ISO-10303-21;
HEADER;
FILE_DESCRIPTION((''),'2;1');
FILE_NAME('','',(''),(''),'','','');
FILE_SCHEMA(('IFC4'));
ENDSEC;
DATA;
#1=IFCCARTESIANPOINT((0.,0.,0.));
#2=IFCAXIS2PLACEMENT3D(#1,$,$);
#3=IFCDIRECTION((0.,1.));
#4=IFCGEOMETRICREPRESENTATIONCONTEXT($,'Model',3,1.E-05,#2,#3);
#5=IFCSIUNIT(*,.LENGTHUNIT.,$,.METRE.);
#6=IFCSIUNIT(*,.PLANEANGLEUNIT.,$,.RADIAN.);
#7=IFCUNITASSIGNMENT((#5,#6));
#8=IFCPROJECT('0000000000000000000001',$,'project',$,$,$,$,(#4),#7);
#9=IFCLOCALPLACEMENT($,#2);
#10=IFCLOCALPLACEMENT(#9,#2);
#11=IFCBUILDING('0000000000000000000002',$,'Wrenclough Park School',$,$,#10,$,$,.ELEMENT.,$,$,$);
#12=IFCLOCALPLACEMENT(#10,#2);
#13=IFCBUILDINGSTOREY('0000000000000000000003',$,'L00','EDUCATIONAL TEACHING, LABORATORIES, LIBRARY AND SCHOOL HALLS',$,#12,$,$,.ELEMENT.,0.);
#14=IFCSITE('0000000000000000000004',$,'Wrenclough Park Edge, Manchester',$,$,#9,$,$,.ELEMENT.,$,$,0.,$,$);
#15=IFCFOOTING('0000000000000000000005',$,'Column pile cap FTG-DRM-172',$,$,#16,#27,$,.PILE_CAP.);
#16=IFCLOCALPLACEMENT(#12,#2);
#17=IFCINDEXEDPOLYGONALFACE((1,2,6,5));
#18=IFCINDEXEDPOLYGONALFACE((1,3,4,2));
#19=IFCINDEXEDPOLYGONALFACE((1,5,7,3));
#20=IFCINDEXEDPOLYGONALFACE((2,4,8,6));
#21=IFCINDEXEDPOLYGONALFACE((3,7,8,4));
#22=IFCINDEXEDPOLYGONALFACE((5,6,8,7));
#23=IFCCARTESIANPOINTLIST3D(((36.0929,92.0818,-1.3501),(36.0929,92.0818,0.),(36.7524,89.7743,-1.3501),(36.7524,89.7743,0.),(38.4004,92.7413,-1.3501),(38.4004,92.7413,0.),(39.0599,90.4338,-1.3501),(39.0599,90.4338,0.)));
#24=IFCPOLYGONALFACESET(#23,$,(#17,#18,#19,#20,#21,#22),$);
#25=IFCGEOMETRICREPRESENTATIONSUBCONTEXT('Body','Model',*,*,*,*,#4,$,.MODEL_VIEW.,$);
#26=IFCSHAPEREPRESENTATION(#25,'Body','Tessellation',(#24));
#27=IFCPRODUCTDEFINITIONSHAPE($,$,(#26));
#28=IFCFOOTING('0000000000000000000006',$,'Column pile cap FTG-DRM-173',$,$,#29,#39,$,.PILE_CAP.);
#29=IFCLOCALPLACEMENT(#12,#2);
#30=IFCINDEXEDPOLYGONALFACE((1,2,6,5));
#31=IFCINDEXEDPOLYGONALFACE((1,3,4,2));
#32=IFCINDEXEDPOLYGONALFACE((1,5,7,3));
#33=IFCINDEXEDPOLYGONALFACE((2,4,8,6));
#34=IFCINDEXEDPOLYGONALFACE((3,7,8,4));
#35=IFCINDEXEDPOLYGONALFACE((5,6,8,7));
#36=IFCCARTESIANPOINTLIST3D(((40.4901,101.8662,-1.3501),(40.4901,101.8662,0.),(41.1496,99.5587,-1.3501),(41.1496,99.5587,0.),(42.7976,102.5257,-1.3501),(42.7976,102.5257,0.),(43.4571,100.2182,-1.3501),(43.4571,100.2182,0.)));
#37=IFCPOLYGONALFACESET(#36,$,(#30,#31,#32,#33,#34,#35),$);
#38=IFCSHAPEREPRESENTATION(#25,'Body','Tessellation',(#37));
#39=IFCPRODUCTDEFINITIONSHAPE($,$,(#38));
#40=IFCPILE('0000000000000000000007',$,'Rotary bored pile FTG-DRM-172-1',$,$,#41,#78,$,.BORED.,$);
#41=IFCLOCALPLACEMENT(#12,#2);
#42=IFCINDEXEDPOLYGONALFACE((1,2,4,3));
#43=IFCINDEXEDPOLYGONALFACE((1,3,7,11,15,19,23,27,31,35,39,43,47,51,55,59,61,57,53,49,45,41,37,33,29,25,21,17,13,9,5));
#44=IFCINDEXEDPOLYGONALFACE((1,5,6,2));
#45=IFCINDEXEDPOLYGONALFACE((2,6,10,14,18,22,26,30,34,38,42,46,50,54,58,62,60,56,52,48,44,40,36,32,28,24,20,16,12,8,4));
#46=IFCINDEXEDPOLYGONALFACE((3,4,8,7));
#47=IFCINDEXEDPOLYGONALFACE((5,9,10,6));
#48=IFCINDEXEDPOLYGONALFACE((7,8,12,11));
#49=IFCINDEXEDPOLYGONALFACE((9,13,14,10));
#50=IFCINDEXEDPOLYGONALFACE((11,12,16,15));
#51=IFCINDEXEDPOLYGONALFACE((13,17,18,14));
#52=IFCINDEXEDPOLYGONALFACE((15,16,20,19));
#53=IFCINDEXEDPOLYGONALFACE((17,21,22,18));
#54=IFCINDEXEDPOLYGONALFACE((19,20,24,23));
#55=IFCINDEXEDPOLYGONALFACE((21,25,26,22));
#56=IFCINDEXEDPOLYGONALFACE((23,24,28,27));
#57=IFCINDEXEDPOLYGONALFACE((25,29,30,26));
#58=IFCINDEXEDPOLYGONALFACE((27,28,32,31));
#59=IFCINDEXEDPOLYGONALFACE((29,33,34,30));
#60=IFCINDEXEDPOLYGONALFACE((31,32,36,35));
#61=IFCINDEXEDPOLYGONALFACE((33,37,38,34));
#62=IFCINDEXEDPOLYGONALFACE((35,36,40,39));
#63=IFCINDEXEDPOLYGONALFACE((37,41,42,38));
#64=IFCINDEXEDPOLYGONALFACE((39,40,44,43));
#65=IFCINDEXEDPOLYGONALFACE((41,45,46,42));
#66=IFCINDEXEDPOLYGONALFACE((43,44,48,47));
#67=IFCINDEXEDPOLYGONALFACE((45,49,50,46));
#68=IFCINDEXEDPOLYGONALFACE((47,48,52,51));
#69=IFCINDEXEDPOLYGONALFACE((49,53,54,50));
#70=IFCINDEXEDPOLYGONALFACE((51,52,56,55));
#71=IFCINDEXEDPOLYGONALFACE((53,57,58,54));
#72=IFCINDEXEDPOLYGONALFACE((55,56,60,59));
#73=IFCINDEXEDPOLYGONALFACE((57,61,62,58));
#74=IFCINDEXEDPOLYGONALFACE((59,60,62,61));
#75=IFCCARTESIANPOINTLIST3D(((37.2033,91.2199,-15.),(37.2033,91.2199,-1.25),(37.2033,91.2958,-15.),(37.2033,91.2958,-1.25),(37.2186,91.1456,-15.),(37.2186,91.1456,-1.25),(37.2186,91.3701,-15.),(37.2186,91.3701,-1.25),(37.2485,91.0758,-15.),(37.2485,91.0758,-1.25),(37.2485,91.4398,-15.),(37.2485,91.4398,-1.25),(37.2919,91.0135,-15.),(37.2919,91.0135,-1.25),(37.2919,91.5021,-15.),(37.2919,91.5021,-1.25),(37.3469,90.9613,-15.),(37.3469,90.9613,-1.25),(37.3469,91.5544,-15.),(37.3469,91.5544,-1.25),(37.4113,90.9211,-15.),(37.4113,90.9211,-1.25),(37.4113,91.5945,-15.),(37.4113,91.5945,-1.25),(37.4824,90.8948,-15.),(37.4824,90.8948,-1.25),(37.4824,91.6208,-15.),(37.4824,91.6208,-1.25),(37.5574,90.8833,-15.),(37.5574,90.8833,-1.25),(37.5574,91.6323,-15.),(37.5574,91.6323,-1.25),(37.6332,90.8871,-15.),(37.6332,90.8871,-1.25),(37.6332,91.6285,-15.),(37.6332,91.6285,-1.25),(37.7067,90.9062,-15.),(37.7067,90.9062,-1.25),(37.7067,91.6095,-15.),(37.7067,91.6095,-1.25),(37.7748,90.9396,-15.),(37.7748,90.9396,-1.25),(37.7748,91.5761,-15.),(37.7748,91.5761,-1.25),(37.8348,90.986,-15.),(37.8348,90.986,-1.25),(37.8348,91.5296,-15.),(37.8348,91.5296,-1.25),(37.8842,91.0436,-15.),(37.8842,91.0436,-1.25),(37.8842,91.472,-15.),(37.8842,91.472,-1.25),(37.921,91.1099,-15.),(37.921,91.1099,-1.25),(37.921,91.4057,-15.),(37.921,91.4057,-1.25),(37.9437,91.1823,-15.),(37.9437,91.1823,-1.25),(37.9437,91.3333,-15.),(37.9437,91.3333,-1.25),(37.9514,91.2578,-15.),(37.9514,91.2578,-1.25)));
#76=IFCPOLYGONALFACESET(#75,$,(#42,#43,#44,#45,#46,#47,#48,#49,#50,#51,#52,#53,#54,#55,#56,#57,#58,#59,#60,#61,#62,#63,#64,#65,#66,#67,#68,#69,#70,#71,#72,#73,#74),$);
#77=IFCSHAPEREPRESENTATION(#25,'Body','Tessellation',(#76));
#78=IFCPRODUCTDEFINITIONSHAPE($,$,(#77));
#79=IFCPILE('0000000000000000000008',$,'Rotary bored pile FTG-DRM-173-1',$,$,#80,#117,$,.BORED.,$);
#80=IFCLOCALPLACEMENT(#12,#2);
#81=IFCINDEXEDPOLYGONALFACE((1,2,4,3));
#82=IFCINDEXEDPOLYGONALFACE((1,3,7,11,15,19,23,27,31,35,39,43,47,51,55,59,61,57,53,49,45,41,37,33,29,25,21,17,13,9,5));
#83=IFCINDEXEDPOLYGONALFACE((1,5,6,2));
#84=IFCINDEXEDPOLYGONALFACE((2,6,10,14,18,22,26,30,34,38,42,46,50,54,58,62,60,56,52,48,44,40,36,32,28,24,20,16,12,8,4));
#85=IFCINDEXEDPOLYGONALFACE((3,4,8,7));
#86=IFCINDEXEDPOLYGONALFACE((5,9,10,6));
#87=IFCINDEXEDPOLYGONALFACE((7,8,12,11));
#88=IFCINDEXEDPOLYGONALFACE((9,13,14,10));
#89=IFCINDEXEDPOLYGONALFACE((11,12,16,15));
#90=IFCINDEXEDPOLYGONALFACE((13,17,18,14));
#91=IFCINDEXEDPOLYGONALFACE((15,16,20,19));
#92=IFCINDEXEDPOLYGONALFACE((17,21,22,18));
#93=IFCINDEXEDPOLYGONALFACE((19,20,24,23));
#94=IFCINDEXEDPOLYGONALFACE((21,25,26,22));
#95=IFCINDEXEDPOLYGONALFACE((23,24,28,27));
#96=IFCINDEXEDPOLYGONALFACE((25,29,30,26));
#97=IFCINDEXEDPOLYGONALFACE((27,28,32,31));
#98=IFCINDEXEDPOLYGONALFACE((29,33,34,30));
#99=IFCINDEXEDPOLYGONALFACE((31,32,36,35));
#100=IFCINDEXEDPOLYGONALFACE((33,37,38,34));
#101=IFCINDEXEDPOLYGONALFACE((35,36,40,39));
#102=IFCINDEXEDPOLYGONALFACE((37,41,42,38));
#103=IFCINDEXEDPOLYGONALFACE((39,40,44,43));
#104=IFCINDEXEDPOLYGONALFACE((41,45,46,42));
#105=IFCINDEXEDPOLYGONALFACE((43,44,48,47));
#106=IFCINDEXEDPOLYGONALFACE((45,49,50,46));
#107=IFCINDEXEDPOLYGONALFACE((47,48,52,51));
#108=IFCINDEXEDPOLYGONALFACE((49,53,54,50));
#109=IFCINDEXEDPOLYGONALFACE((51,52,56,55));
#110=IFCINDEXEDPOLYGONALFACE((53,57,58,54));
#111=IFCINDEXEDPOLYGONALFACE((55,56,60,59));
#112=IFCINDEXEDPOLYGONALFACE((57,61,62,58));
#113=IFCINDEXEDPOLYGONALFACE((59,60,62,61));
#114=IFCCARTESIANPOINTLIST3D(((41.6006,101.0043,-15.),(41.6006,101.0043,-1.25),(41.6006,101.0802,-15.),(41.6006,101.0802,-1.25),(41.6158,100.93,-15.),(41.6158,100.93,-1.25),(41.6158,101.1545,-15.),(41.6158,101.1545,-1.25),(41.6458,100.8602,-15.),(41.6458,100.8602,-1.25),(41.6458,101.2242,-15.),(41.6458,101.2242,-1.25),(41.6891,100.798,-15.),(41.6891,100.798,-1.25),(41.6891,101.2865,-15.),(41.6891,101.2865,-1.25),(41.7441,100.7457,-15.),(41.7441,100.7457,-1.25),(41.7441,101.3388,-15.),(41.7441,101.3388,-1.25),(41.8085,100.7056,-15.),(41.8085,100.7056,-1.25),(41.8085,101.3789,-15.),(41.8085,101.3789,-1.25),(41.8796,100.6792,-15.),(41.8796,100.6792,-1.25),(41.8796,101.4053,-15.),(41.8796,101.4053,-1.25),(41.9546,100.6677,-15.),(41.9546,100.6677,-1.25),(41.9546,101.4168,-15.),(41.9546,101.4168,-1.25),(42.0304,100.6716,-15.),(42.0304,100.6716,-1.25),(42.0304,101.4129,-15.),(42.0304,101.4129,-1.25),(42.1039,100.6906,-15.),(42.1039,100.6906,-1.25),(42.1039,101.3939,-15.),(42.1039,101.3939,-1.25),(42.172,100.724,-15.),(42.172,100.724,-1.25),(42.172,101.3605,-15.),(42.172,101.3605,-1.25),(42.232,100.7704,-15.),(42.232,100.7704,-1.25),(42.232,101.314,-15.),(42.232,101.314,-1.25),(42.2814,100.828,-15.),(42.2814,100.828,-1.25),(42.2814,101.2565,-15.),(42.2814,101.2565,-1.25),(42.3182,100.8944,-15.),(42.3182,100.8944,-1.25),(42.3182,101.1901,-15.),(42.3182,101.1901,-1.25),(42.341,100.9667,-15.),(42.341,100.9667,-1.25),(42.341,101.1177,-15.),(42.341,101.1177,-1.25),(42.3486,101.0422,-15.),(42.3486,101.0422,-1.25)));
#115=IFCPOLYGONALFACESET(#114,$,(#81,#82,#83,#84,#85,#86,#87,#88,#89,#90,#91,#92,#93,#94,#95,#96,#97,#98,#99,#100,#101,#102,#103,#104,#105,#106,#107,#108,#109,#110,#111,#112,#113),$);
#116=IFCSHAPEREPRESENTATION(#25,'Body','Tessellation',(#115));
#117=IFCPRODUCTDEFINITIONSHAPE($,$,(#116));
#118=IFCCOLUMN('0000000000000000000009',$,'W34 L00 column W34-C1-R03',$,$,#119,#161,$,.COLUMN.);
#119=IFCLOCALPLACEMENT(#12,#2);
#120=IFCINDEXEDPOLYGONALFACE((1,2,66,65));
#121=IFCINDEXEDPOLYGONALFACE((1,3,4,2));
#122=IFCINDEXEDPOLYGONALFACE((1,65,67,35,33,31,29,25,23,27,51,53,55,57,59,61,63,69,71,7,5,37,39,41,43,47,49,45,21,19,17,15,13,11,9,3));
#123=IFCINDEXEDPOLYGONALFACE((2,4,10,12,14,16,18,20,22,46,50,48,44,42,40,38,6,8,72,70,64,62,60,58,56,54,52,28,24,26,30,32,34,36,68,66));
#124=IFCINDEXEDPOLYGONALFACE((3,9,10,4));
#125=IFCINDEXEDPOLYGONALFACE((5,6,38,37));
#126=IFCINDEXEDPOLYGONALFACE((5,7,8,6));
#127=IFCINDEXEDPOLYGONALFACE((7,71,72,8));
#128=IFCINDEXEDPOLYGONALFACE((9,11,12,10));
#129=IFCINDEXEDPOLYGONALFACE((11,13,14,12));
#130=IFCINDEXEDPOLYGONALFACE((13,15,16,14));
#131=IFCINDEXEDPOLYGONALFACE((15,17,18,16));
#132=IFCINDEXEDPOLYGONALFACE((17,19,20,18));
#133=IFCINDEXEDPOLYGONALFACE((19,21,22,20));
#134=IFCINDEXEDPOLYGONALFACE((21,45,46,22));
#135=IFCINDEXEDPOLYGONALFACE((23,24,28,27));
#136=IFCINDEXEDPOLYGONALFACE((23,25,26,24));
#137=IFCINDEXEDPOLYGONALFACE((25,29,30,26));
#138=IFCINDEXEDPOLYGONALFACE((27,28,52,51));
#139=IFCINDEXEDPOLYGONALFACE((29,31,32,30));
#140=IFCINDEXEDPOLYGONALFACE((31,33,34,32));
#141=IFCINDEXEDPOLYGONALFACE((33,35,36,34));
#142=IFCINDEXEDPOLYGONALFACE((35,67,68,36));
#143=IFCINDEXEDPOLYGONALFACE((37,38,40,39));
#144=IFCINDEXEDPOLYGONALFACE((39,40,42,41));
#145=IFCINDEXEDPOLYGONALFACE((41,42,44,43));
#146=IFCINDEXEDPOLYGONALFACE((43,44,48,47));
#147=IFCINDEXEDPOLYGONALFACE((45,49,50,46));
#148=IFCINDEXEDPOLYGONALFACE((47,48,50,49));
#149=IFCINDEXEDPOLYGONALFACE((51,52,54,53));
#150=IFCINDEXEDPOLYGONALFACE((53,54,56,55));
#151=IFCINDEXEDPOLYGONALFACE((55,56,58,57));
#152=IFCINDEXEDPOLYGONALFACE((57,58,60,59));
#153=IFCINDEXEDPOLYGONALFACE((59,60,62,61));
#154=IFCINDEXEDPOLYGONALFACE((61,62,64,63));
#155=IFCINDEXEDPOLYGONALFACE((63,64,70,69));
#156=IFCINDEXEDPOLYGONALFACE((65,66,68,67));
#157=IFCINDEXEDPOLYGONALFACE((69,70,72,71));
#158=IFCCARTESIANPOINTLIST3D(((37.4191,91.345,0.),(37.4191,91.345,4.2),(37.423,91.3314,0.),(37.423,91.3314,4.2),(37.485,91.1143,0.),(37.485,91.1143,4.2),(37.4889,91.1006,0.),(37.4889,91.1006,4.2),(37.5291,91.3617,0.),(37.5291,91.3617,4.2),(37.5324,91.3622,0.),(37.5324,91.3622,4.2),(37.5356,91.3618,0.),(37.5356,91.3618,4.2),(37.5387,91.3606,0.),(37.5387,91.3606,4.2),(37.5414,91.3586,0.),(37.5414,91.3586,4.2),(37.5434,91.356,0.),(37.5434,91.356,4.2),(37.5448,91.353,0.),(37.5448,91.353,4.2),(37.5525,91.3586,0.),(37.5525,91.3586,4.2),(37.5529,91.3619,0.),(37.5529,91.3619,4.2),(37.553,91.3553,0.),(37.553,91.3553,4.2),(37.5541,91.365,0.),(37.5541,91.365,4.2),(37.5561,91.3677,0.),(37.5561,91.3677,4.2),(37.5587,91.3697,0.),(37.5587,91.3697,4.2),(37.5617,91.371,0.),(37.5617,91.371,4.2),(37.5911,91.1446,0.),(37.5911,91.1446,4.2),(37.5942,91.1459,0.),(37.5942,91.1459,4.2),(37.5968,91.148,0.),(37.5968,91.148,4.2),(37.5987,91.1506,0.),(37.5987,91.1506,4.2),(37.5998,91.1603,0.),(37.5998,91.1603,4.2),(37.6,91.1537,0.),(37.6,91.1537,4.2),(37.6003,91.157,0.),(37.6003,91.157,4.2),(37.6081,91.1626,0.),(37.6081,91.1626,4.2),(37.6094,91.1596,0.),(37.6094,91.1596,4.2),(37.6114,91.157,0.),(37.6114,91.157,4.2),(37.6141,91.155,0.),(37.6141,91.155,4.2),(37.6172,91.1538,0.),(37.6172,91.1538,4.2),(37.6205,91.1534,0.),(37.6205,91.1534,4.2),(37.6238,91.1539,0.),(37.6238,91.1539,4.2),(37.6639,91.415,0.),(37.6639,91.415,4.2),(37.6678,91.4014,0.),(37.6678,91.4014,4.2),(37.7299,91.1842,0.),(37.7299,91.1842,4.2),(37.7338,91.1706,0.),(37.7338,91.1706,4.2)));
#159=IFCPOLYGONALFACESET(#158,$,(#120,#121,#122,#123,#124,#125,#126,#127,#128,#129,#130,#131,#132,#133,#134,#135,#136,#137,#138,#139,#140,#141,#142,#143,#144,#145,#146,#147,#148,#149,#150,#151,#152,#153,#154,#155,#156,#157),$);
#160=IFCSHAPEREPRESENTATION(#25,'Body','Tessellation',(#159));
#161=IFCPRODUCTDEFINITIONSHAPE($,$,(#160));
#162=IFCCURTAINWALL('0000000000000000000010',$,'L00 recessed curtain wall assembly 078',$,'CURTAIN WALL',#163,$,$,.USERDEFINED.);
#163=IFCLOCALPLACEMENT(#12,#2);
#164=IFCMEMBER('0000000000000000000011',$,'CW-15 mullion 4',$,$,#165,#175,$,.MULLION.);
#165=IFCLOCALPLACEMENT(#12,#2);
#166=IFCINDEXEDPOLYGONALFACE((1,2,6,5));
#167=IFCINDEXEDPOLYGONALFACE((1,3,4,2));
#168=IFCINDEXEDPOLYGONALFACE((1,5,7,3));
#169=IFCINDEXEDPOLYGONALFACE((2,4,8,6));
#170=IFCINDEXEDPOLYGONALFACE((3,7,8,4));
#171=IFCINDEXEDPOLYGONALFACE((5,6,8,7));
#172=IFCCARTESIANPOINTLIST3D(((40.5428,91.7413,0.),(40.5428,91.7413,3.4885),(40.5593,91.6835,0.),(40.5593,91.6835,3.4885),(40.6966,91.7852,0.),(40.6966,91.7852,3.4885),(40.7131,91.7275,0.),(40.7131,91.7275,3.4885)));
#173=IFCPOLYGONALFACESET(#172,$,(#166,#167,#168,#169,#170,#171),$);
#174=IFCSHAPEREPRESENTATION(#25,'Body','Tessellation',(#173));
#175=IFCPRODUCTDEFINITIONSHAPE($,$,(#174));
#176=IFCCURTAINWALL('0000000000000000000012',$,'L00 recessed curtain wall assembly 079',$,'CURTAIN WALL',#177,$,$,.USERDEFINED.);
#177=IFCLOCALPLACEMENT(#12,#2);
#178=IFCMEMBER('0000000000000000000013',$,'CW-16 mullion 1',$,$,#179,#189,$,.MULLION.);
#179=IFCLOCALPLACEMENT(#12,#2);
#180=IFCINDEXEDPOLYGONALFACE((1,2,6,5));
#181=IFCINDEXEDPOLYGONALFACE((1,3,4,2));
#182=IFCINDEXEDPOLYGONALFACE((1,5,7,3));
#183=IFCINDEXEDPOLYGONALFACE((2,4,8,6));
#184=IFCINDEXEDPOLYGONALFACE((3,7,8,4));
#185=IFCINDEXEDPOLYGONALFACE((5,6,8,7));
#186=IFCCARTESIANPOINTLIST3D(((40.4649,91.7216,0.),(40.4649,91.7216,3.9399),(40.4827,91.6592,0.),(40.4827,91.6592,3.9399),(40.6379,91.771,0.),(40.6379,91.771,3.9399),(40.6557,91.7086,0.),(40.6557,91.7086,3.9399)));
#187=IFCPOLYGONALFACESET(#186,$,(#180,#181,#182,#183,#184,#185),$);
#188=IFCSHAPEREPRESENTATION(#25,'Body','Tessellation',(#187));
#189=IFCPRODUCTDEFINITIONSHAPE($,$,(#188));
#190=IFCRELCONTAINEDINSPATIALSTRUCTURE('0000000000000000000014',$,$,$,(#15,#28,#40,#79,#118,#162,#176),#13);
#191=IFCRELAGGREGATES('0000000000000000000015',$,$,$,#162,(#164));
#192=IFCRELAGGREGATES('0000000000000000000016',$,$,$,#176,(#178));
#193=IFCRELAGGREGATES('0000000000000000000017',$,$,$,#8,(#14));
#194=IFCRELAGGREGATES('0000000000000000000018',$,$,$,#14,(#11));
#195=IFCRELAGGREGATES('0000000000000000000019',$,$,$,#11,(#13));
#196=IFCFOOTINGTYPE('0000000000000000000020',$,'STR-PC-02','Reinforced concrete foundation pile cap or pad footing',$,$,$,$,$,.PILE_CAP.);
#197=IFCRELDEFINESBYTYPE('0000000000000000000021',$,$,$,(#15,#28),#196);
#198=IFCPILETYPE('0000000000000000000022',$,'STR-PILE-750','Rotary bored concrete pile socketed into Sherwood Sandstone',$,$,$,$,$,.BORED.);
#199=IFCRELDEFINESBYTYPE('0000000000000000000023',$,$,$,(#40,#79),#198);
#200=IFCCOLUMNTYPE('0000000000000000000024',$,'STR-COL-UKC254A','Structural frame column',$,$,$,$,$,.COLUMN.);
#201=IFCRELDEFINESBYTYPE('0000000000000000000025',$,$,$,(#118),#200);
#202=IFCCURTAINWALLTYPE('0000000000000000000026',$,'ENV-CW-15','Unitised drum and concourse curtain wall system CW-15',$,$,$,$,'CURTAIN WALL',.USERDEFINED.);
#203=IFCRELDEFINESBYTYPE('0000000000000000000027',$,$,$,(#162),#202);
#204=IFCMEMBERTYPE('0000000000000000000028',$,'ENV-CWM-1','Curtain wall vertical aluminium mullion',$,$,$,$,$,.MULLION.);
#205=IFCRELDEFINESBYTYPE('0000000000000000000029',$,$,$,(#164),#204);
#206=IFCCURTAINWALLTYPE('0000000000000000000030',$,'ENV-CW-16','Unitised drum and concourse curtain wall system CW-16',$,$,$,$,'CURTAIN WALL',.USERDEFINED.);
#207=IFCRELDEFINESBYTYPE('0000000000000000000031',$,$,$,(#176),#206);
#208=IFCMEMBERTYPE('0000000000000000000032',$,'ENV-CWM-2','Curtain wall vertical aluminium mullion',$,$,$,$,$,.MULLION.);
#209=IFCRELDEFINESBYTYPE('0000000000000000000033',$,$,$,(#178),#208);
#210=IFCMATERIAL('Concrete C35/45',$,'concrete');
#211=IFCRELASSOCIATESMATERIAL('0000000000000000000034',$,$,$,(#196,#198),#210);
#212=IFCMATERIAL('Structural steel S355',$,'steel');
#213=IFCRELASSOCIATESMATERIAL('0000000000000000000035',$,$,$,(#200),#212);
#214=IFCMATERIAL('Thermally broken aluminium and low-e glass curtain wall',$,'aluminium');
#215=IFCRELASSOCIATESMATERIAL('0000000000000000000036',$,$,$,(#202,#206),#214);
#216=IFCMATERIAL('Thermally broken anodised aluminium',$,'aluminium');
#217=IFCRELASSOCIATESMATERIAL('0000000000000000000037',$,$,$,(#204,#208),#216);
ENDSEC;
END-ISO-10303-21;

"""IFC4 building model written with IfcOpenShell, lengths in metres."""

from ifc_helpers import new_model, si_unit, direction, frame, origin, origin_2d, place, context, subcontext, project, spatial, rectangle, circle, i_section, extrude, material, material_profile, profile_set, type_object, element, aggregate, save


model = new_model("IFC4")

# Units and contexts
model_context = context("Model", 3, precision=1e-05, world=origin(), true_north=direction((0.0, 1.0)))
body_context = subcontext(model_context, "Body", "Model", "MODEL_VIEW")
ifc_project = project(units=[si_unit("LENGTHUNIT", "METRE"), si_unit("PLANEANGLEUNIT", "RADIAN")], contexts=[model_context])

# Site, building, storey
site_placement = place(None, origin())
site = spatial("IfcSite", under=ifc_project, at=site_placement, Name="Wrenclough Park Edge, Manchester", CompositionType="ELEMENT", RefElevation=0.0)
building_placement = place(site_placement, origin())
building = spatial("IfcBuilding", under=site, at=building_placement, Name="Wrenclough Park School", CompositionType="ELEMENT")
storey_placement = place(building_placement, origin())
storey = spatial("IfcBuildingStorey", under=building, at=storey_placement, Name="L00", Description="EDUCATIONAL TEACHING, LABORATORIES, LIBRARY AND SCHOOL HALLS", CompositionType="ELEMENT", Elevation=0.0)

# Footings
ifc_material_1 = material(Name="Concrete C35/45", Category="concrete")
footing_type = type_object("IfcFootingType", Name="STR-PC-02", Description="Reinforced concrete foundation pile cap or pad footing", PredefinedType="PILE_CAP", material=ifc_material_1)
for number, where, z_axis, x_axis, name in (
    (1, (37.5764, 91.2578, -1.3501), (0.0, 0.0, 1.0), (0.961502, 0.274798, 0.0), "Column pile cap FTG-DRM-172"),
    (2, (41.9736, 101.0422, -1.3501), (0.0, 0.0, 1.0), (0.961502, 0.274798, 0.0), "Column pile cap FTG-DRM-173"),
):
    element("IfcFooting", number, at=place(storey_placement, frame(where, z_axis=z_axis, x_axis=x_axis)), inside=storey, type_object=footing_type, Name=name, PredefinedType="PILE_CAP", context=body_context, shape_type="SweptSolid", body=[
        extrude(rectangle(XDim=2.3999, YDim=2.3999, at=origin_2d()), origin(), (0.0, 0.0, 1.0), 1.3501),
    ])

# Piles
ifc_material_profile_1 = material_profile(ifc_material_1, circle(Radius=0.375, at=origin_2d()), Name="BORED PILE D750")
ifc_profile_set_1 = profile_set([ifc_material_profile_1], Name="Concrete C35/45")
pile_type = type_object("IfcPileType", Name="STR-PILE-750", Description="Rotary bored concrete pile socketed into Sherwood Sandstone", PredefinedType="BORED", material=ifc_profile_set_1)
for number, where, z_axis, x_axis, name in (
    (3, (37.5764, 91.2578, -1.25), (0.0, 0.0, -1.0), (1.0, 0.0, 0.0), "Rotary bored pile FTG-DRM-172-1"),
    (4, (41.9736, 101.0422, -1.25), (0.0, 0.0, -1.0), (1.0, 0.0, 0.0), "Rotary bored pile FTG-DRM-173-1"),
):
    element("IfcPile", number, at=place(storey_placement, frame(where, z_axis=z_axis, x_axis=x_axis)), inside=storey, type_object=pile_type, Name=name, PredefinedType="BORED", context=body_context, shape_type="SweptSolid", body=[
        extrude(circle(Radius=0.375, at=origin_2d()), origin(), (0.0, 0.0, 1.0), 13.75),
    ])

# Column
ifc_material_2 = material(Name="Structural steel S355", Category="steel")
ifc_material_profile_2 = material_profile(ifc_material_2, i_section(OverallWidth=0.2546, OverallDepth=0.2542, WebThickness=0.0085, FlangeThickness=0.0142, FilletRadius=0.0127, at=origin_2d()), Name="UKC 254x254x73")
ifc_profile_set_2 = profile_set([ifc_material_profile_2], Name="Structural steel S355")
column_type = type_object("IfcColumnType", Name="STR-COL-UKC254A", Description="Structural frame column", PredefinedType="COLUMN", material=ifc_profile_set_2)
column_placement = place(storey_placement, frame((37.5764, 91.2578, 0.0), z_axis=(0.0, 0.0, 1.0), x_axis=(0.961502, 0.274798, 0.0)))
element("IfcColumn", 5, at=column_placement, inside=storey, type_object=column_type, Name="W34 L00 column W34-C1-R03", PredefinedType="COLUMN", context=body_context, shape_type="SweptSolid", body=[
    extrude(i_section(OverallWidth=0.2546, OverallDepth=0.2542, WebThickness=0.0085, FlangeThickness=0.0142, FilletRadius=0.0127, at=origin_2d()), origin(), (0.0, 0.0, 1.0), 4.2),
])

# Curtain wall, member
ifc_material_3 = material(Name="Thermally broken aluminium and low-e glass curtain wall", Category="aluminium")
curtain_wall_type_1 = type_object("IfcCurtainWallType", Name="ENV-CW-15", Description="Unitised drum and concourse curtain wall system CW-15", ElementType="CURTAIN WALL", PredefinedType="USERDEFINED", material=ifc_material_3)
curtain_wall_1_placement = place(storey_placement, origin())
curtain_wall_1 = element("IfcCurtainWall", 6, at=curtain_wall_1_placement, inside=storey, type_object=curtain_wall_type_1, Name="L00 recessed curtain wall assembly 078", ObjectType="CURTAIN WALL", PredefinedType="USERDEFINED")
ifc_material_4 = material(Name="Thermally broken anodised aluminium", Category="aluminium")
ifc_material_profile_3 = material_profile(ifc_material_4, rectangle(XDim=0.0601, YDim=0.1599, at=origin_2d()), Name="AL MULLION 60x160")
ifc_profile_set_3 = profile_set([ifc_material_profile_3], Name="Thermally broken anodised aluminium")
member_type_1 = type_object("IfcMemberType", Name="ENV-CWM-1", Description="Curtain wall vertical aluminium mullion", PredefinedType="MULLION", material=ifc_profile_set_3)
member_1_placement = place(storey_placement, frame((40.6279, 91.7344, 0.0), z_axis=(0.0, 0.0, 1.0), x_axis=(0.274711, -0.961527, 0.0)))
member_1 = element("IfcMember", 7, at=member_1_placement, type_object=member_type_1, Name="CW-15 mullion 4", PredefinedType="MULLION", context=body_context, shape_type="SweptSolid", body=[
    extrude(rectangle(XDim=0.0601, YDim=0.1599, at=origin_2d()), origin(), (0.0, 0.0, 1.0), 3.4885),
])

# Curtain wall, member
curtain_wall_type_2 = type_object("IfcCurtainWallType", Name="ENV-CW-16", Description="Unitised drum and concourse curtain wall system CW-16", ElementType="CURTAIN WALL", PredefinedType="USERDEFINED", material=ifc_material_3)
curtain_wall_2_placement = place(storey_placement, origin())
curtain_wall_2 = element("IfcCurtainWall", 8, at=curtain_wall_2_placement, inside=storey, type_object=curtain_wall_type_2, Name="L00 recessed curtain wall assembly 079", ObjectType="CURTAIN WALL", PredefinedType="USERDEFINED")
ifc_material_profile_4 = material_profile(ifc_material_4, rectangle(XDim=0.0649, YDim=0.1799, at=origin_2d()), Name="AL MULLION 65x180")
ifc_profile_set_4 = profile_set([ifc_material_profile_4], Name="Thermally broken anodised aluminium")
member_type_2 = type_object("IfcMemberType", Name="ENV-CWM-2", Description="Curtain wall vertical aluminium mullion", PredefinedType="MULLION", material=ifc_profile_set_4)
member_2_placement = place(storey_placement, frame((40.5603, 91.7151, 0.0), z_axis=(0.0, 0.0, 1.0), x_axis=(0.274721, -0.961524, 0.0)))
member_2 = element("IfcMember", 9, at=member_2_placement, type_object=member_type_2, Name="CW-16 mullion 1", PredefinedType="MULLION", context=body_context, shape_type="SweptSolid", body=[
    extrude(rectangle(XDim=0.0649, YDim=0.1799, at=origin_2d()), origin(), (0.0, 0.0, 1.0), 3.9399),
])

aggregate(curtain_wall_1, [member_1])
aggregate(curtain_wall_2, [member_2])

save(model, "model.ifc")
